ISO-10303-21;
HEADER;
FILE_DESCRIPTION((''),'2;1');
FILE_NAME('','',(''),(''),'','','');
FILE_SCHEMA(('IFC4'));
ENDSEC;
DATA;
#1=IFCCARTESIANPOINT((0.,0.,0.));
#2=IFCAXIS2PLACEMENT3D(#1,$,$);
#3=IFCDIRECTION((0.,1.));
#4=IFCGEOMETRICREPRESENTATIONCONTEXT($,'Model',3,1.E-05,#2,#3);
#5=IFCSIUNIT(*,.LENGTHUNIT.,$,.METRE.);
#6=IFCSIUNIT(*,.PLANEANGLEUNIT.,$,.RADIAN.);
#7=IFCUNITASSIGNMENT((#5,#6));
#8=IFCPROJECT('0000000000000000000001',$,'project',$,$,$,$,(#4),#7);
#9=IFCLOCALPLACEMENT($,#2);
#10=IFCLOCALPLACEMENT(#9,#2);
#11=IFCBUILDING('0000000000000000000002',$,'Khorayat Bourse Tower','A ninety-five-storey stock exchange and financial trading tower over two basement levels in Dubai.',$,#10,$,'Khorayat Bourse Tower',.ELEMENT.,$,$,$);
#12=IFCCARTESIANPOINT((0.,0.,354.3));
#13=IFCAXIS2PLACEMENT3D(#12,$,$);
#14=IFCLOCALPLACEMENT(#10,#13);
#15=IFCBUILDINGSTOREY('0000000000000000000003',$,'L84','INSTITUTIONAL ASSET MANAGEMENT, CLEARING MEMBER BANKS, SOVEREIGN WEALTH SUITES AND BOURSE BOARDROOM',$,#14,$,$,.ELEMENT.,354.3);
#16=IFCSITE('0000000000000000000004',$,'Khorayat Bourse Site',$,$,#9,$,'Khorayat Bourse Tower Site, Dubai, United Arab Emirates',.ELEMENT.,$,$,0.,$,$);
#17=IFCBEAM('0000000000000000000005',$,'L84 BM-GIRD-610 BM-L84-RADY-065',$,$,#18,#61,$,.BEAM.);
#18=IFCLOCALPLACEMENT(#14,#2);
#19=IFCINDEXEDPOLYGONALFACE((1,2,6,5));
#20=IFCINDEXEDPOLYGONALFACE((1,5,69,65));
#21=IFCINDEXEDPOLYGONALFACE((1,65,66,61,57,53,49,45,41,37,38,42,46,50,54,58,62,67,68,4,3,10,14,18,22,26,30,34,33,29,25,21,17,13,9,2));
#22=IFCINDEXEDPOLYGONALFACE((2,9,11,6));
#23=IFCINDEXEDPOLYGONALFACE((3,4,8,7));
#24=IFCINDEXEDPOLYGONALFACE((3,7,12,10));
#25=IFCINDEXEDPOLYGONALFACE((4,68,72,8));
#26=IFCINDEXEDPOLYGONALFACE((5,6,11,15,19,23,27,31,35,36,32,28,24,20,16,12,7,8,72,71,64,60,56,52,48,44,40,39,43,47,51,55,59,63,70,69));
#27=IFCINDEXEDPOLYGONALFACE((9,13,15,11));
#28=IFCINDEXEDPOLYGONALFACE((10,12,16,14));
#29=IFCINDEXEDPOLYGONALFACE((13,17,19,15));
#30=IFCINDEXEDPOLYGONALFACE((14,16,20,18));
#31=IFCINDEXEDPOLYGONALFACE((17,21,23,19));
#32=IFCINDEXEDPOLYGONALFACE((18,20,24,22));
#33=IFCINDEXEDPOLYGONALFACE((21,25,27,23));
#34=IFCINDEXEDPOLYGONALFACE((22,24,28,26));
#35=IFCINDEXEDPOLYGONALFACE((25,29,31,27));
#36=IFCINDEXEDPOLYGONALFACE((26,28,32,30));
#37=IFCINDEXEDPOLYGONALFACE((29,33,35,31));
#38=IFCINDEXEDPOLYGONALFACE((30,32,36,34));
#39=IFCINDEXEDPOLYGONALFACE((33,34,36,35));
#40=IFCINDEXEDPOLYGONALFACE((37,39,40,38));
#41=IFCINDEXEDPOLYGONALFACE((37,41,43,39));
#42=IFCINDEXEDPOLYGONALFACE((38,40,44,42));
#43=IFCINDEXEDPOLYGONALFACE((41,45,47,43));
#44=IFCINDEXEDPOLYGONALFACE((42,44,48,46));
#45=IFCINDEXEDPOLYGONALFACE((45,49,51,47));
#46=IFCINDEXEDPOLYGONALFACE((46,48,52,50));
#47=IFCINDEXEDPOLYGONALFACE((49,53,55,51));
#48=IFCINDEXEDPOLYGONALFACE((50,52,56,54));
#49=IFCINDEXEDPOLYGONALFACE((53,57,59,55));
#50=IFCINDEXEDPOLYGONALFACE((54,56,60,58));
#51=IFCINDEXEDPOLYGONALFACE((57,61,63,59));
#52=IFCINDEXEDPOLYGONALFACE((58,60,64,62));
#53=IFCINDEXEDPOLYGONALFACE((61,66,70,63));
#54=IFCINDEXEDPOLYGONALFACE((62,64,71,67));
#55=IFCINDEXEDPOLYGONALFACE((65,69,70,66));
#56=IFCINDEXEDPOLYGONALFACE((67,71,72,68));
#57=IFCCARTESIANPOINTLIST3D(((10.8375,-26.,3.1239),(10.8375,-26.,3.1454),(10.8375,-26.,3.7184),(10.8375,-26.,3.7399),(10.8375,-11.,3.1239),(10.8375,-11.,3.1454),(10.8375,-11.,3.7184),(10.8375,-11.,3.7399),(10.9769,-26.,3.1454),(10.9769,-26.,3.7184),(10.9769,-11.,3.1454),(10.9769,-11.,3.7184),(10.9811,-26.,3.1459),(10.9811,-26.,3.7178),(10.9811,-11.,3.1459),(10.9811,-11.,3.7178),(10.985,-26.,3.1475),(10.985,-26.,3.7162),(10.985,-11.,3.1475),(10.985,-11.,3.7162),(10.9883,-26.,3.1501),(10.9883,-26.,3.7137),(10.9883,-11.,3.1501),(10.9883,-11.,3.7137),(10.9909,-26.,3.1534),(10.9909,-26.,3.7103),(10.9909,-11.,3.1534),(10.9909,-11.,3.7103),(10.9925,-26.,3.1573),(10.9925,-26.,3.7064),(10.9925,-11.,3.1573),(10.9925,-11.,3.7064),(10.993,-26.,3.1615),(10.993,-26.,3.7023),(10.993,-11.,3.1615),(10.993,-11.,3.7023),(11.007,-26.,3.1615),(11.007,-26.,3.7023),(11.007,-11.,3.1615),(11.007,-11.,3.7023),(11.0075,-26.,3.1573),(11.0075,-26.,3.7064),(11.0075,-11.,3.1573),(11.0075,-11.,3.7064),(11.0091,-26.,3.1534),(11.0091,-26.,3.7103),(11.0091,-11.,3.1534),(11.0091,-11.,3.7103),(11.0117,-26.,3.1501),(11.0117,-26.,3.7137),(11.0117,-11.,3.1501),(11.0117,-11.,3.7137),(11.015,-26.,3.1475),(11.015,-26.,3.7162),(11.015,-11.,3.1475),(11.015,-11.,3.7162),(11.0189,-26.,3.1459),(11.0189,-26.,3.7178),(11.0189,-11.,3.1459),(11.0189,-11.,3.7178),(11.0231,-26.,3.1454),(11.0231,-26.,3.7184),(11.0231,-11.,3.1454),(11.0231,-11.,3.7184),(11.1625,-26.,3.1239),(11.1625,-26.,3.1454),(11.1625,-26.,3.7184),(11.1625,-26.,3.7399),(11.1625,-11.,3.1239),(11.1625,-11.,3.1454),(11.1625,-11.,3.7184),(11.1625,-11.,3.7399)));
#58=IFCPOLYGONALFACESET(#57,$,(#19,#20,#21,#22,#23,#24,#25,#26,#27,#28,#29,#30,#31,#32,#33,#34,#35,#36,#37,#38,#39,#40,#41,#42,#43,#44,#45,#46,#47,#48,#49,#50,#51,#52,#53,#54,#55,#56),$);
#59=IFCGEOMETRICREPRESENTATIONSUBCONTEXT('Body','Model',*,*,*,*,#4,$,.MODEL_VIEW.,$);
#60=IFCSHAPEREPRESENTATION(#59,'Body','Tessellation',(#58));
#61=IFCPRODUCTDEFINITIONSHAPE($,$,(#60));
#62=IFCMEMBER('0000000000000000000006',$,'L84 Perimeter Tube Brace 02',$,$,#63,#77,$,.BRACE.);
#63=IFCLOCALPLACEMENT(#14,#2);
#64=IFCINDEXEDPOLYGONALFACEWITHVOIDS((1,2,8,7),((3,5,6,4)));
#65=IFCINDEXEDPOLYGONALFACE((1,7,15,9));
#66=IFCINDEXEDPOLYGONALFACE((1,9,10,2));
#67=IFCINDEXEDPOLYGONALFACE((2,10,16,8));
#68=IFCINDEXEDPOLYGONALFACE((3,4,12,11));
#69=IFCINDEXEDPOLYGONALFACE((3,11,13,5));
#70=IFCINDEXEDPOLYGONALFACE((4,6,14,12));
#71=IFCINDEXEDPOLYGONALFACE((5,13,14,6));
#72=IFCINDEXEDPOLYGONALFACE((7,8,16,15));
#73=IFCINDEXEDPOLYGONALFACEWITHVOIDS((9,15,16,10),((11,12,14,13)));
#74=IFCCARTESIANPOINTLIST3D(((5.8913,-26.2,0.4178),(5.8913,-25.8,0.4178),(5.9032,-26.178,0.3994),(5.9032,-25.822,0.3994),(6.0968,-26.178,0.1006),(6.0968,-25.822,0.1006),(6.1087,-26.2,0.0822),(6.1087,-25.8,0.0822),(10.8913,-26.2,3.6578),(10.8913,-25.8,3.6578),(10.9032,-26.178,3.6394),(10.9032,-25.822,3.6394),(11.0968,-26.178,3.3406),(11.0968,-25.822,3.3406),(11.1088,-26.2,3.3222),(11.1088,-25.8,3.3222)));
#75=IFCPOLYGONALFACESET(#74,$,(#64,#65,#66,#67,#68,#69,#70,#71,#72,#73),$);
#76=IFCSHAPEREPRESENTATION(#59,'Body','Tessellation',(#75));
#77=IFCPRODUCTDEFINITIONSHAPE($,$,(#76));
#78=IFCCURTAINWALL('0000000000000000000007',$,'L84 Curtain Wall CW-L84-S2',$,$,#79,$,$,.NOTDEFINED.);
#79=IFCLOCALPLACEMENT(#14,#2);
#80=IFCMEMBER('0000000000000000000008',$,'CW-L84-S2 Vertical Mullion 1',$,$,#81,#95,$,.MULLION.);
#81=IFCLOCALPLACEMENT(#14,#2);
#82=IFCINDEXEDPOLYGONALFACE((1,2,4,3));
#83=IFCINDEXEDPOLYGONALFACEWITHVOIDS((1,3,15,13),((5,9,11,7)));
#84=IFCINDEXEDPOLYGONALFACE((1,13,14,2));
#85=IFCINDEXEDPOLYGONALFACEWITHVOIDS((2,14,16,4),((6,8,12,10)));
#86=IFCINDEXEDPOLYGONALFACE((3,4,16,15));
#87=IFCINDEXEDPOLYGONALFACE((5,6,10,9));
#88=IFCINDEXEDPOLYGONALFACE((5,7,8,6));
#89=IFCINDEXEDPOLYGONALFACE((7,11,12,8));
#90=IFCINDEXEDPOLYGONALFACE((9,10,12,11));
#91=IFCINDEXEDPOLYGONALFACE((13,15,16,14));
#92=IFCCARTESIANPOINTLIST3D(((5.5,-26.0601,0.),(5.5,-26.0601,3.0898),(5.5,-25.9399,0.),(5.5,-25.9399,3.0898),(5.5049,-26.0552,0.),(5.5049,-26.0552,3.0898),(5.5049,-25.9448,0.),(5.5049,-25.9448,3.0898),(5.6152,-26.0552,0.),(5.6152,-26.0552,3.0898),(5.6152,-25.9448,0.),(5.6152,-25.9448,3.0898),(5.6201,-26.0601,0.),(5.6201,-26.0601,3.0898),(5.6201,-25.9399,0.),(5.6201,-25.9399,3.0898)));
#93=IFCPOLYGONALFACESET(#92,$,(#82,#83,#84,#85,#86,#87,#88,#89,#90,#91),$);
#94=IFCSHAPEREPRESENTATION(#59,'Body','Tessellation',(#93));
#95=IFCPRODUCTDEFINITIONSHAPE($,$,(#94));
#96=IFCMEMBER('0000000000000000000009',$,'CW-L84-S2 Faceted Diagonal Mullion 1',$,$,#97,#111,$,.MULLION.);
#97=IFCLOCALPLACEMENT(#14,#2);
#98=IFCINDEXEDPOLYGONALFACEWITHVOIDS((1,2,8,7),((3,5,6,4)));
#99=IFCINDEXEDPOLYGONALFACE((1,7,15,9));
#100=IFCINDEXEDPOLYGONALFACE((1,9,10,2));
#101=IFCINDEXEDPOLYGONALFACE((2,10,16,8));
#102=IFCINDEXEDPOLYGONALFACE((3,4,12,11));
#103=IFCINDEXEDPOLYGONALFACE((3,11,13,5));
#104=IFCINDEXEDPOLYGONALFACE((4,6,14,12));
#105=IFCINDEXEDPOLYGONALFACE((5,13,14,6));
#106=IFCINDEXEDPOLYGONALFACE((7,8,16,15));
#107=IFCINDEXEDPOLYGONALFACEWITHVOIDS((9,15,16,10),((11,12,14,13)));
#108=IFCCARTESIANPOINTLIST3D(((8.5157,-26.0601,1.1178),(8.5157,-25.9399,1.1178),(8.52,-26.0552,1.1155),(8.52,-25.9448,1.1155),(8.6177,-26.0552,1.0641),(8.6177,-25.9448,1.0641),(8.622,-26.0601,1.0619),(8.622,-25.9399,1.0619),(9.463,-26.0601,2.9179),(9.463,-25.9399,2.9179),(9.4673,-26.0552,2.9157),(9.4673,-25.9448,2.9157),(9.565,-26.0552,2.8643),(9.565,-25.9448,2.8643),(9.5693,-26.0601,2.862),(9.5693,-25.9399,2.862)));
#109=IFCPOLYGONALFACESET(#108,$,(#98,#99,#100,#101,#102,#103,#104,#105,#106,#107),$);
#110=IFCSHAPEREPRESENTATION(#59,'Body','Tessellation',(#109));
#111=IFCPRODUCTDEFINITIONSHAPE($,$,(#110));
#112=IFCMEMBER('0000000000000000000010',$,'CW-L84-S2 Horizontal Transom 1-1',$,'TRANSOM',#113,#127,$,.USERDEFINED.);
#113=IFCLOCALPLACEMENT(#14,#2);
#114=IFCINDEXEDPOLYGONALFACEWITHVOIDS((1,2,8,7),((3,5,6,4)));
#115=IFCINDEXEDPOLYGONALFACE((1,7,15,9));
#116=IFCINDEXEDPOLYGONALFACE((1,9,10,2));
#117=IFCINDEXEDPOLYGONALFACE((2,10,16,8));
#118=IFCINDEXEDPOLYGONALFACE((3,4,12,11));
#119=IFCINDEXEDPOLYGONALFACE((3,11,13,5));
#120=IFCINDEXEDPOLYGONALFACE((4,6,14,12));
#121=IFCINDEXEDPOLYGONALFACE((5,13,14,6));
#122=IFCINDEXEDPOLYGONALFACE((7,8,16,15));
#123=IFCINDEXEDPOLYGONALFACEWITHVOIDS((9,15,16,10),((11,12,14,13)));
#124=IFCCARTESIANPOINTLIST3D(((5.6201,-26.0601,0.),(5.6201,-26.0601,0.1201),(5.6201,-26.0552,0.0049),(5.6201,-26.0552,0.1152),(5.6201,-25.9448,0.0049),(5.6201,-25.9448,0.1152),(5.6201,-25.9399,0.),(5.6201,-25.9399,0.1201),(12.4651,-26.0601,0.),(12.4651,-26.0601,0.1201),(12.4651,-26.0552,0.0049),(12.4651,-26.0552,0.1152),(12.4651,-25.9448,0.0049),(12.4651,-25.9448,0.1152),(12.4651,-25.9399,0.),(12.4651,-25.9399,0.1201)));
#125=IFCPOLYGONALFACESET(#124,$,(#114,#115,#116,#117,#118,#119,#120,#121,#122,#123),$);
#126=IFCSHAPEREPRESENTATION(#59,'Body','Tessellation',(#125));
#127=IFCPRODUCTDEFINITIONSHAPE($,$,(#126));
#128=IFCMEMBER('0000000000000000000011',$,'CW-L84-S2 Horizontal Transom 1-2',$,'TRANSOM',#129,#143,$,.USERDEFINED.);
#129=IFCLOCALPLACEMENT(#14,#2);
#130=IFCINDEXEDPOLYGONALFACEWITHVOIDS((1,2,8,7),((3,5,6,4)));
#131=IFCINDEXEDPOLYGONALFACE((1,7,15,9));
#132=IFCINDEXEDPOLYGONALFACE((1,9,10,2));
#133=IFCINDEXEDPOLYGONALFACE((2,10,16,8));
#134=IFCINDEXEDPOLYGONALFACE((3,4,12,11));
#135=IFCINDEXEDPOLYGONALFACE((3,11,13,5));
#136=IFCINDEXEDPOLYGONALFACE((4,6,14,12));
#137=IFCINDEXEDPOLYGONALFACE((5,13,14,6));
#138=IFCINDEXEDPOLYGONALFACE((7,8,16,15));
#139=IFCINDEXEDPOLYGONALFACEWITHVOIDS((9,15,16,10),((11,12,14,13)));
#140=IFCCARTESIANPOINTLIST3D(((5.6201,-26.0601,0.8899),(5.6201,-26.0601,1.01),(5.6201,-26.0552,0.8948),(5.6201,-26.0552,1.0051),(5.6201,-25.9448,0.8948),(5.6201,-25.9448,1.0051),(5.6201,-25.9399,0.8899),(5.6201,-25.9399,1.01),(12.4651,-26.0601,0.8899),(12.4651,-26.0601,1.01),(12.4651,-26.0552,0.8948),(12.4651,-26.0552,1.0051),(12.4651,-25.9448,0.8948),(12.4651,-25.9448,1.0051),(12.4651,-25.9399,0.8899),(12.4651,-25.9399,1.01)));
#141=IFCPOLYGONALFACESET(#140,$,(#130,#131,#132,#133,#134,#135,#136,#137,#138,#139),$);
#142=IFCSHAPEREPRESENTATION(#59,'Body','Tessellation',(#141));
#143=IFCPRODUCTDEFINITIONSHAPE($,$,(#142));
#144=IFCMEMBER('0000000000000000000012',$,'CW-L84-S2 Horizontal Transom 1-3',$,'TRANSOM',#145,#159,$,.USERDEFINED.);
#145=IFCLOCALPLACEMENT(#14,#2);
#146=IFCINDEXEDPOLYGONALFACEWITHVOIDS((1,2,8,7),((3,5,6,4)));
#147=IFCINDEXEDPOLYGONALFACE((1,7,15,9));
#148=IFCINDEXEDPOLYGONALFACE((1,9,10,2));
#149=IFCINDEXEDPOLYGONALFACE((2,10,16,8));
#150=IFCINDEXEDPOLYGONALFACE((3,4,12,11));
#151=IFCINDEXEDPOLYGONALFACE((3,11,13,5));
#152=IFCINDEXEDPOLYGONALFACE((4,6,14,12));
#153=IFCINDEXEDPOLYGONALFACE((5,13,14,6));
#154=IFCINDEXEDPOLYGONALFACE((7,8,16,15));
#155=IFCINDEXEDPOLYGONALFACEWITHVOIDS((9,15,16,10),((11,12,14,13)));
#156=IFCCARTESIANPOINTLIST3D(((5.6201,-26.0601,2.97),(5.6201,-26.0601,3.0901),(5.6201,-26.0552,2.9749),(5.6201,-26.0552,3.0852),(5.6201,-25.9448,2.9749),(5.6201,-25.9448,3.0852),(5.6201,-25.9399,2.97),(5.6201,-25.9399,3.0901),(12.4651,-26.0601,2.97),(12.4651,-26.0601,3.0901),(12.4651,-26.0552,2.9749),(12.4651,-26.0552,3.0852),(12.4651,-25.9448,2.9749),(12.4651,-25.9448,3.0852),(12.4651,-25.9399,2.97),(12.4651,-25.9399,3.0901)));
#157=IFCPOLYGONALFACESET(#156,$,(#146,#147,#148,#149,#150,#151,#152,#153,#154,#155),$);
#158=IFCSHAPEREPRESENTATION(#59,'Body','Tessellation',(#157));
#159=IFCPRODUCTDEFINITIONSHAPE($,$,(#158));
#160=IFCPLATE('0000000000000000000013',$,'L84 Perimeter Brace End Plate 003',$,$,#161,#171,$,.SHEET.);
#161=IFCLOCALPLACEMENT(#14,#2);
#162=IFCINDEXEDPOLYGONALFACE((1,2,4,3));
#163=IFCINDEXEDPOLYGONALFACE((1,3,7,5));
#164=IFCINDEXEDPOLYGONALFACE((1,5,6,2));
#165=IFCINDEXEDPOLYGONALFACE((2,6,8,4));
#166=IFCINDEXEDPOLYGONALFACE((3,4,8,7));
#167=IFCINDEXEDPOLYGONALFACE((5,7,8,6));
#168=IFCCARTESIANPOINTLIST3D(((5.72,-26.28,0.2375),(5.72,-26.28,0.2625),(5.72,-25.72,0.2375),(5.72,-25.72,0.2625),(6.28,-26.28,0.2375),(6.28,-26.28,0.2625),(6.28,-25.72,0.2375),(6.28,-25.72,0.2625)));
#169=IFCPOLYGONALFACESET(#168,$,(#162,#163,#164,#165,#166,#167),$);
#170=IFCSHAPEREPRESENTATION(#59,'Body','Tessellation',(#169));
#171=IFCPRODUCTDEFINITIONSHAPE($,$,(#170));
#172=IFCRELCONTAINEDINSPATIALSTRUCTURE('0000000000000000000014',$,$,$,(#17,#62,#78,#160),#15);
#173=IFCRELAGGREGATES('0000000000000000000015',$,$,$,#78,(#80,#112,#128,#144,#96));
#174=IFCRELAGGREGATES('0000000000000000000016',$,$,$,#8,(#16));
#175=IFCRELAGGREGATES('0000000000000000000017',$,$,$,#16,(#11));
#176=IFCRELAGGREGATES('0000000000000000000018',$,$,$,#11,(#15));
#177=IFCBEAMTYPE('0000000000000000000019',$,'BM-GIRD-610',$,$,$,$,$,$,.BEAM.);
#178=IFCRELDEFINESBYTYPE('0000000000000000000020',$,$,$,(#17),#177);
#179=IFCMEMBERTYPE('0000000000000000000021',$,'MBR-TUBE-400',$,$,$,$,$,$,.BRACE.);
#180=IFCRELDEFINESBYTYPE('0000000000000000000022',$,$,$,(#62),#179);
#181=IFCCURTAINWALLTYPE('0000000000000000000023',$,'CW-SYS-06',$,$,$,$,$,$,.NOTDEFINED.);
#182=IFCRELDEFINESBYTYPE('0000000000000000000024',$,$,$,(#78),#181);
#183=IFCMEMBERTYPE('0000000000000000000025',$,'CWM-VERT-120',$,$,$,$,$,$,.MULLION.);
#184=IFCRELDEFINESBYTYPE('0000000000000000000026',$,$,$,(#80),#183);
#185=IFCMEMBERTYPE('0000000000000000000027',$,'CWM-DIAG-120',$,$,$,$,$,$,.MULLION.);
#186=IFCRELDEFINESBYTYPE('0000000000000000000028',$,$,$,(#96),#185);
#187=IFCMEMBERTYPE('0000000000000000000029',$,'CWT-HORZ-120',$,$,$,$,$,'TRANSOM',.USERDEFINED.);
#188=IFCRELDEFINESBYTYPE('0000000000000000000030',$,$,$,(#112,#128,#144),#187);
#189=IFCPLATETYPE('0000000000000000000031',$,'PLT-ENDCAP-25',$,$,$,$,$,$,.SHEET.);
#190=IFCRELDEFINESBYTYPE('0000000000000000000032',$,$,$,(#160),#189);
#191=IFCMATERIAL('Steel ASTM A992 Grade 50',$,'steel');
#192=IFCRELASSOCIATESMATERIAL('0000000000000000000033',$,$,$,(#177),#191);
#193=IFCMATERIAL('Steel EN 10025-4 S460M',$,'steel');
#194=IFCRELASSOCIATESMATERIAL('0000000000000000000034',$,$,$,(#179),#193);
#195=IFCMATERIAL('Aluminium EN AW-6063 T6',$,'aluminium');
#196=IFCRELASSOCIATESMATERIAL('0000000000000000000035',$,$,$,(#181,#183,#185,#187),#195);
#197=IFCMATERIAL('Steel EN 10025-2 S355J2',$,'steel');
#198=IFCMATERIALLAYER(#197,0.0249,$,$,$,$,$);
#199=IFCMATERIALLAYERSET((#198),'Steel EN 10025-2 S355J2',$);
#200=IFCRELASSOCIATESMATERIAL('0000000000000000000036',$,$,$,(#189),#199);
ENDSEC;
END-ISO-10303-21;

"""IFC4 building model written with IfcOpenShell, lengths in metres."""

from ifc_helpers import new_model, si_unit, direction, frame, origin, origin_2d, place, context, subcontext, project, spatial, rectangle, hollow_rectangle, i_section, extrude, source, transform, mapped, material, layer, layer_set, material_profile, profile_set, type_object, element, aggregate, save


model = new_model("IFC4")

# Units and contexts
model_context = context("Model", 3, precision=1e-05, world=origin(), true_north=direction((0.0, 1.0)))
body_context = subcontext(model_context, "Body", "Model", "MODEL_VIEW")
ifc_project = project(units=[si_unit("LENGTHUNIT", "METRE"), si_unit("PLANEANGLEUNIT", "RADIAN")], contexts=[model_context])

# Site, building, storey
site_placement = place(None, origin())
site = spatial("IfcSite", under=ifc_project, at=site_placement, Name="Khorayat Bourse Site", LongName="Khorayat Bourse Tower Site, Dubai, United Arab Emirates", CompositionType="ELEMENT", RefElevation=0.0)
building_placement = place(site_placement, origin())
building = spatial("IfcBuilding", under=site, at=building_placement, Name="Khorayat Bourse Tower", Description="A ninety-five-storey stock exchange and financial trading tower over two basement levels in Dubai.", LongName="Khorayat Bourse Tower", CompositionType="ELEMENT")
storey_placement = place(building_placement, frame((0.0, 0.0, 354.3)))
storey = spatial("IfcBuildingStorey", under=building, at=storey_placement, Name="L84", Description="INSTITUTIONAL ASSET MANAGEMENT, CLEARING MEMBER BANKS, SOVEREIGN WEALTH SUITES AND BOURSE BOARDROOM", CompositionType="ELEMENT", Elevation=354.3)

# Shared definitions
ifc_material_1 = material(Name="Steel EN 10025-2 S355J2", Category="steel")

# Beam
ifc_material_2 = material(Name="Steel ASTM A992 Grade 50", Category="steel")
ifc_material_profile_1 = material_profile(ifc_material_2, i_section(OverallWidth=0.325, OverallDepth=0.616, WebThickness=0.0139, FlangeThickness=0.0215, FilletRadius=0.0161, at=origin_2d()), Name="W610X174")
ifc_profile_set_1 = profile_set([ifc_material_profile_1], Name="Steel ASTM A992 Grade 50")
beam_type_1 = type_object("IfcBeamType", Name="BM-GIRD-610", PredefinedType="BEAM", material=ifc_profile_set_1)
shared_shape_1 = source(origin(), body_context, "Body", "SweptSolid", [
    extrude(i_section(OverallWidth=0.325, OverallDepth=0.616, WebThickness=0.0139, FlangeThickness=0.0215, FilletRadius=0.0161, at=origin_2d()), origin(), (0.0, 0.0, 1.0), 15.0),
])
for number, where, z_axis, x_axis, name in (
    (1, (11.0, -26.0, 3.4319), (0.0, 1.0, 0.0), (-1.0, 0.0, 0.0), "L84 BM-GIRD-610 BM-L84-RADY-065"),
):
    element("IfcBeam", number, at=place(storey_placement, frame(where, z_axis=z_axis, x_axis=x_axis)), inside=storey, type_object=beam_type_1, Name=name, PredefinedType="BEAM", context=body_context, shape_type="MappedRepresentation", body=[
        mapped(shared_shape_1, transform((0.0, 0.0, 0.0), scale=1.0)),
    ])

# Member
ifc_material_3 = material(Name="Steel EN 10025-4 S460M", Category="steel")
ifc_material_profile_2 = material_profile(ifc_material_3, hollow_rectangle(XDim=0.3999, YDim=0.3999, WallThickness=0.022, at=origin_2d()), Name="HSS 400x400x22")
ifc_profile_set_2 = profile_set([ifc_material_profile_2], Name="Steel EN 10025-4 S460M")
member_type_1 = type_object("IfcMemberType", Name="MBR-TUBE-400", PredefinedType="BRACE", material=ifc_profile_set_2)
shared_shape_2 = source(origin(), body_context, "Body", "SweptSolid", [
    extrude(hollow_rectangle(XDim=0.3999, YDim=0.3999, WallThickness=0.022, at=origin_2d()), origin(), (0.0, 0.0, 1.0), 5.958),
])
member_1_placement = place(storey_placement, frame((6.0, -26.0, 0.25), z_axis=(0.83921, 0.0, 0.543807), x_axis=(0.0, 1.0, 0.0)))
element("IfcMember", 2, at=member_1_placement, inside=storey, type_object=member_type_1, Name="L84 Perimeter Tube Brace 02", PredefinedType="BRACE", context=body_context, shape_type="MappedRepresentation", body=[
    mapped(shared_shape_2, transform((0.0, 0.0, 0.0), scale=1.0)),
])

# Curtain wall, members
ifc_material_4 = material(Name="Aluminium EN AW-6063 T6", Category="aluminium")
curtain_wall_type = type_object("IfcCurtainWallType", Name="CW-SYS-06", PredefinedType="NOTDEFINED", material=ifc_material_4)
curtain_wall_placement = place(storey_placement, origin())
curtain_wall = element("IfcCurtainWall", 3, at=curtain_wall_placement, inside=storey, type_object=curtain_wall_type, Name="L84 Curtain Wall CW-L84-S2", PredefinedType="NOTDEFINED")
ifc_material_profile_3 = material_profile(ifc_material_4, hollow_rectangle(XDim=0.1201, YDim=0.1201, WallThickness=0.0049, at=origin_2d()), Name="ALU 120x120x5")
ifc_profile_set_3 = profile_set([ifc_material_profile_3], Name="Aluminium EN AW-6063 T6")
member_type_2 = type_object("IfcMemberType", Name="CWM-VERT-120", PredefinedType="MULLION", material=ifc_profile_set_3)
shared_shape_3 = source(origin(), body_context, "Body", "SweptSolid", [
    extrude(hollow_rectangle(XDim=0.1201, YDim=0.1201, WallThickness=0.0049, at=origin_2d()), origin(), (0.0, 0.0, 1.0), 3.0898),
])
member_2_placement = place(storey_placement, frame((5.5601, -26.0, 0.0), z_axis=(0.0, 0.0, 1.0), x_axis=(0.0, 1.0, 0.0)))
member_2 = element("IfcMember", 4, at=member_2_placement, type_object=member_type_2, Name="CW-L84-S2 Vertical Mullion 1", PredefinedType="MULLION", context=body_context, shape_type="MappedRepresentation", body=[
    mapped(shared_shape_3, transform((0.0, 0.0, 0.0), scale=1.0)),
])
ifc_material_profile_4 = material_profile(ifc_material_4, hollow_rectangle(XDim=0.1201, YDim=0.1201, WallThickness=0.0049, at=origin_2d()), Name="ALU 120x120x5")
ifc_profile_set_4 = profile_set([ifc_material_profile_4], Name="Aluminium EN AW-6063 T6")
member_type_3 = type_object("IfcMemberType", Name="CWM-DIAG-120", PredefinedType="MULLION", material=ifc_profile_set_4)
shared_shape_4 = source(origin(), body_context, "Body", "SweptSolid", [
    extrude(hollow_rectangle(XDim=0.1201, YDim=0.1201, WallThickness=0.0049, at=origin_2d()), origin(), (0.0, 0.0, 1.0), 2.0342),
])
member_3_placement = place(storey_placement, frame((8.5688, -26.0, 1.0898), z_axis=(0.465697, 0.0, 0.884944), x_axis=(0.0, 1.0, 0.0)))
member_3 = element("IfcMember", 5, at=member_3_placement, type_object=member_type_3, Name="CW-L84-S2 Faceted Diagonal Mullion 1", PredefinedType="MULLION", context=body_context, shape_type="MappedRepresentation", body=[
    mapped(shared_shape_4, transform((0.0, 0.0, 0.0), scale=1.0)),
])
ifc_material_profile_5 = material_profile(ifc_material_4, hollow_rectangle(XDim=0.1201, YDim=0.1201, WallThickness=0.0049, at=origin_2d()), Name="ALU 120x120x5")
ifc_profile_set_5 = profile_set([ifc_material_profile_5], Name="Aluminium EN AW-6063 T6")
member_type_4 = type_object("IfcMemberType", Name="CWT-HORZ-120", ElementType="TRANSOM", PredefinedType="USERDEFINED", material=ifc_profile_set_5)
shared_shape_5 = source(origin(), body_context, "Body", "SweptSolid", [
    extrude(hollow_rectangle(XDim=0.1201, YDim=0.1201, WallThickness=0.0049, at=origin_2d()), origin(), (0.0, 0.0, 1.0), 6.845),
])
member_4_placement = place(storey_placement, frame((5.6201, -26.0, 0.0601), z_axis=(1.0, 0.0, 0.0), x_axis=(0.0, 1.0, 0.0)))
member_4 = element("IfcMember", 6, at=member_4_placement, type_object=member_type_4, Name="CW-L84-S2 Horizontal Transom 1-1", ObjectType="TRANSOM", PredefinedType="USERDEFINED", context=body_context, shape_type="MappedRepresentation", body=[
    mapped(shared_shape_5, transform((0.0, 0.0, 0.0), scale=1.0)),
])
member_5_placement = place(storey_placement, frame((5.6201, -26.0, 0.95), z_axis=(1.0, 0.0, 0.0), x_axis=(0.0, 1.0, 0.0)))
member_5 = element("IfcMember", 7, at=member_5_placement, type_object=member_type_4, Name="CW-L84-S2 Horizontal Transom 1-2", ObjectType="TRANSOM", PredefinedType="USERDEFINED", context=body_context, shape_type="MappedRepresentation", body=[
    mapped(shared_shape_5, transform((0.0, 0.0, 0.0), scale=1.0)),
])
member_6_placement = place(storey_placement, frame((5.6201, -26.0, 3.03), z_axis=(1.0, 0.0, 0.0), x_axis=(0.0, 1.0, 0.0)))
member_6 = element("IfcMember", 8, at=member_6_placement, type_object=member_type_4, Name="CW-L84-S2 Horizontal Transom 1-3", ObjectType="TRANSOM", PredefinedType="USERDEFINED", context=body_context, shape_type="MappedRepresentation", body=[
    mapped(shared_shape_5, transform((0.0, 0.0, 0.0), scale=1.0)),
])

# Plate
ifc_layer_1 = layer(ifc_material_1, 0.0249)
ifc_layer_set_1 = layer_set([ifc_layer_1], Name="Steel EN 10025-2 S355J2")
plate_type_1 = type_object("IfcPlateType", Name="PLT-ENDCAP-25", PredefinedType="SHEET", material=ifc_layer_set_1)
shared_shape_6 = source(origin(), body_context, "Body", "SweptSolid", [
    extrude(rectangle(XDim=0.5601, YDim=0.5601, at=origin_2d()), origin(), (0.0, 0.0, 1.0), 0.0249),
])
for number, where, z_axis, x_axis, name in (
    (9, (6.0, -26.0, 0.2375), (0.0, 0.0, 1.0), (1.0, 0.0, 0.0), "L84 Perimeter Brace End Plate 003"),
):
    element("IfcPlate", number, at=place(storey_placement, frame(where, z_axis=z_axis, x_axis=x_axis)), inside=storey, type_object=plate_type_1, Name=name, PredefinedType="SHEET", context=body_context, shape_type="MappedRepresentation", body=[
        mapped(shared_shape_6, transform((0.0, 0.0, 0.0), scale=1.0)),
    ])

aggregate(curtain_wall, [member_2, member_4, member_5, member_6, member_3])

save(model, "model.ifc")
